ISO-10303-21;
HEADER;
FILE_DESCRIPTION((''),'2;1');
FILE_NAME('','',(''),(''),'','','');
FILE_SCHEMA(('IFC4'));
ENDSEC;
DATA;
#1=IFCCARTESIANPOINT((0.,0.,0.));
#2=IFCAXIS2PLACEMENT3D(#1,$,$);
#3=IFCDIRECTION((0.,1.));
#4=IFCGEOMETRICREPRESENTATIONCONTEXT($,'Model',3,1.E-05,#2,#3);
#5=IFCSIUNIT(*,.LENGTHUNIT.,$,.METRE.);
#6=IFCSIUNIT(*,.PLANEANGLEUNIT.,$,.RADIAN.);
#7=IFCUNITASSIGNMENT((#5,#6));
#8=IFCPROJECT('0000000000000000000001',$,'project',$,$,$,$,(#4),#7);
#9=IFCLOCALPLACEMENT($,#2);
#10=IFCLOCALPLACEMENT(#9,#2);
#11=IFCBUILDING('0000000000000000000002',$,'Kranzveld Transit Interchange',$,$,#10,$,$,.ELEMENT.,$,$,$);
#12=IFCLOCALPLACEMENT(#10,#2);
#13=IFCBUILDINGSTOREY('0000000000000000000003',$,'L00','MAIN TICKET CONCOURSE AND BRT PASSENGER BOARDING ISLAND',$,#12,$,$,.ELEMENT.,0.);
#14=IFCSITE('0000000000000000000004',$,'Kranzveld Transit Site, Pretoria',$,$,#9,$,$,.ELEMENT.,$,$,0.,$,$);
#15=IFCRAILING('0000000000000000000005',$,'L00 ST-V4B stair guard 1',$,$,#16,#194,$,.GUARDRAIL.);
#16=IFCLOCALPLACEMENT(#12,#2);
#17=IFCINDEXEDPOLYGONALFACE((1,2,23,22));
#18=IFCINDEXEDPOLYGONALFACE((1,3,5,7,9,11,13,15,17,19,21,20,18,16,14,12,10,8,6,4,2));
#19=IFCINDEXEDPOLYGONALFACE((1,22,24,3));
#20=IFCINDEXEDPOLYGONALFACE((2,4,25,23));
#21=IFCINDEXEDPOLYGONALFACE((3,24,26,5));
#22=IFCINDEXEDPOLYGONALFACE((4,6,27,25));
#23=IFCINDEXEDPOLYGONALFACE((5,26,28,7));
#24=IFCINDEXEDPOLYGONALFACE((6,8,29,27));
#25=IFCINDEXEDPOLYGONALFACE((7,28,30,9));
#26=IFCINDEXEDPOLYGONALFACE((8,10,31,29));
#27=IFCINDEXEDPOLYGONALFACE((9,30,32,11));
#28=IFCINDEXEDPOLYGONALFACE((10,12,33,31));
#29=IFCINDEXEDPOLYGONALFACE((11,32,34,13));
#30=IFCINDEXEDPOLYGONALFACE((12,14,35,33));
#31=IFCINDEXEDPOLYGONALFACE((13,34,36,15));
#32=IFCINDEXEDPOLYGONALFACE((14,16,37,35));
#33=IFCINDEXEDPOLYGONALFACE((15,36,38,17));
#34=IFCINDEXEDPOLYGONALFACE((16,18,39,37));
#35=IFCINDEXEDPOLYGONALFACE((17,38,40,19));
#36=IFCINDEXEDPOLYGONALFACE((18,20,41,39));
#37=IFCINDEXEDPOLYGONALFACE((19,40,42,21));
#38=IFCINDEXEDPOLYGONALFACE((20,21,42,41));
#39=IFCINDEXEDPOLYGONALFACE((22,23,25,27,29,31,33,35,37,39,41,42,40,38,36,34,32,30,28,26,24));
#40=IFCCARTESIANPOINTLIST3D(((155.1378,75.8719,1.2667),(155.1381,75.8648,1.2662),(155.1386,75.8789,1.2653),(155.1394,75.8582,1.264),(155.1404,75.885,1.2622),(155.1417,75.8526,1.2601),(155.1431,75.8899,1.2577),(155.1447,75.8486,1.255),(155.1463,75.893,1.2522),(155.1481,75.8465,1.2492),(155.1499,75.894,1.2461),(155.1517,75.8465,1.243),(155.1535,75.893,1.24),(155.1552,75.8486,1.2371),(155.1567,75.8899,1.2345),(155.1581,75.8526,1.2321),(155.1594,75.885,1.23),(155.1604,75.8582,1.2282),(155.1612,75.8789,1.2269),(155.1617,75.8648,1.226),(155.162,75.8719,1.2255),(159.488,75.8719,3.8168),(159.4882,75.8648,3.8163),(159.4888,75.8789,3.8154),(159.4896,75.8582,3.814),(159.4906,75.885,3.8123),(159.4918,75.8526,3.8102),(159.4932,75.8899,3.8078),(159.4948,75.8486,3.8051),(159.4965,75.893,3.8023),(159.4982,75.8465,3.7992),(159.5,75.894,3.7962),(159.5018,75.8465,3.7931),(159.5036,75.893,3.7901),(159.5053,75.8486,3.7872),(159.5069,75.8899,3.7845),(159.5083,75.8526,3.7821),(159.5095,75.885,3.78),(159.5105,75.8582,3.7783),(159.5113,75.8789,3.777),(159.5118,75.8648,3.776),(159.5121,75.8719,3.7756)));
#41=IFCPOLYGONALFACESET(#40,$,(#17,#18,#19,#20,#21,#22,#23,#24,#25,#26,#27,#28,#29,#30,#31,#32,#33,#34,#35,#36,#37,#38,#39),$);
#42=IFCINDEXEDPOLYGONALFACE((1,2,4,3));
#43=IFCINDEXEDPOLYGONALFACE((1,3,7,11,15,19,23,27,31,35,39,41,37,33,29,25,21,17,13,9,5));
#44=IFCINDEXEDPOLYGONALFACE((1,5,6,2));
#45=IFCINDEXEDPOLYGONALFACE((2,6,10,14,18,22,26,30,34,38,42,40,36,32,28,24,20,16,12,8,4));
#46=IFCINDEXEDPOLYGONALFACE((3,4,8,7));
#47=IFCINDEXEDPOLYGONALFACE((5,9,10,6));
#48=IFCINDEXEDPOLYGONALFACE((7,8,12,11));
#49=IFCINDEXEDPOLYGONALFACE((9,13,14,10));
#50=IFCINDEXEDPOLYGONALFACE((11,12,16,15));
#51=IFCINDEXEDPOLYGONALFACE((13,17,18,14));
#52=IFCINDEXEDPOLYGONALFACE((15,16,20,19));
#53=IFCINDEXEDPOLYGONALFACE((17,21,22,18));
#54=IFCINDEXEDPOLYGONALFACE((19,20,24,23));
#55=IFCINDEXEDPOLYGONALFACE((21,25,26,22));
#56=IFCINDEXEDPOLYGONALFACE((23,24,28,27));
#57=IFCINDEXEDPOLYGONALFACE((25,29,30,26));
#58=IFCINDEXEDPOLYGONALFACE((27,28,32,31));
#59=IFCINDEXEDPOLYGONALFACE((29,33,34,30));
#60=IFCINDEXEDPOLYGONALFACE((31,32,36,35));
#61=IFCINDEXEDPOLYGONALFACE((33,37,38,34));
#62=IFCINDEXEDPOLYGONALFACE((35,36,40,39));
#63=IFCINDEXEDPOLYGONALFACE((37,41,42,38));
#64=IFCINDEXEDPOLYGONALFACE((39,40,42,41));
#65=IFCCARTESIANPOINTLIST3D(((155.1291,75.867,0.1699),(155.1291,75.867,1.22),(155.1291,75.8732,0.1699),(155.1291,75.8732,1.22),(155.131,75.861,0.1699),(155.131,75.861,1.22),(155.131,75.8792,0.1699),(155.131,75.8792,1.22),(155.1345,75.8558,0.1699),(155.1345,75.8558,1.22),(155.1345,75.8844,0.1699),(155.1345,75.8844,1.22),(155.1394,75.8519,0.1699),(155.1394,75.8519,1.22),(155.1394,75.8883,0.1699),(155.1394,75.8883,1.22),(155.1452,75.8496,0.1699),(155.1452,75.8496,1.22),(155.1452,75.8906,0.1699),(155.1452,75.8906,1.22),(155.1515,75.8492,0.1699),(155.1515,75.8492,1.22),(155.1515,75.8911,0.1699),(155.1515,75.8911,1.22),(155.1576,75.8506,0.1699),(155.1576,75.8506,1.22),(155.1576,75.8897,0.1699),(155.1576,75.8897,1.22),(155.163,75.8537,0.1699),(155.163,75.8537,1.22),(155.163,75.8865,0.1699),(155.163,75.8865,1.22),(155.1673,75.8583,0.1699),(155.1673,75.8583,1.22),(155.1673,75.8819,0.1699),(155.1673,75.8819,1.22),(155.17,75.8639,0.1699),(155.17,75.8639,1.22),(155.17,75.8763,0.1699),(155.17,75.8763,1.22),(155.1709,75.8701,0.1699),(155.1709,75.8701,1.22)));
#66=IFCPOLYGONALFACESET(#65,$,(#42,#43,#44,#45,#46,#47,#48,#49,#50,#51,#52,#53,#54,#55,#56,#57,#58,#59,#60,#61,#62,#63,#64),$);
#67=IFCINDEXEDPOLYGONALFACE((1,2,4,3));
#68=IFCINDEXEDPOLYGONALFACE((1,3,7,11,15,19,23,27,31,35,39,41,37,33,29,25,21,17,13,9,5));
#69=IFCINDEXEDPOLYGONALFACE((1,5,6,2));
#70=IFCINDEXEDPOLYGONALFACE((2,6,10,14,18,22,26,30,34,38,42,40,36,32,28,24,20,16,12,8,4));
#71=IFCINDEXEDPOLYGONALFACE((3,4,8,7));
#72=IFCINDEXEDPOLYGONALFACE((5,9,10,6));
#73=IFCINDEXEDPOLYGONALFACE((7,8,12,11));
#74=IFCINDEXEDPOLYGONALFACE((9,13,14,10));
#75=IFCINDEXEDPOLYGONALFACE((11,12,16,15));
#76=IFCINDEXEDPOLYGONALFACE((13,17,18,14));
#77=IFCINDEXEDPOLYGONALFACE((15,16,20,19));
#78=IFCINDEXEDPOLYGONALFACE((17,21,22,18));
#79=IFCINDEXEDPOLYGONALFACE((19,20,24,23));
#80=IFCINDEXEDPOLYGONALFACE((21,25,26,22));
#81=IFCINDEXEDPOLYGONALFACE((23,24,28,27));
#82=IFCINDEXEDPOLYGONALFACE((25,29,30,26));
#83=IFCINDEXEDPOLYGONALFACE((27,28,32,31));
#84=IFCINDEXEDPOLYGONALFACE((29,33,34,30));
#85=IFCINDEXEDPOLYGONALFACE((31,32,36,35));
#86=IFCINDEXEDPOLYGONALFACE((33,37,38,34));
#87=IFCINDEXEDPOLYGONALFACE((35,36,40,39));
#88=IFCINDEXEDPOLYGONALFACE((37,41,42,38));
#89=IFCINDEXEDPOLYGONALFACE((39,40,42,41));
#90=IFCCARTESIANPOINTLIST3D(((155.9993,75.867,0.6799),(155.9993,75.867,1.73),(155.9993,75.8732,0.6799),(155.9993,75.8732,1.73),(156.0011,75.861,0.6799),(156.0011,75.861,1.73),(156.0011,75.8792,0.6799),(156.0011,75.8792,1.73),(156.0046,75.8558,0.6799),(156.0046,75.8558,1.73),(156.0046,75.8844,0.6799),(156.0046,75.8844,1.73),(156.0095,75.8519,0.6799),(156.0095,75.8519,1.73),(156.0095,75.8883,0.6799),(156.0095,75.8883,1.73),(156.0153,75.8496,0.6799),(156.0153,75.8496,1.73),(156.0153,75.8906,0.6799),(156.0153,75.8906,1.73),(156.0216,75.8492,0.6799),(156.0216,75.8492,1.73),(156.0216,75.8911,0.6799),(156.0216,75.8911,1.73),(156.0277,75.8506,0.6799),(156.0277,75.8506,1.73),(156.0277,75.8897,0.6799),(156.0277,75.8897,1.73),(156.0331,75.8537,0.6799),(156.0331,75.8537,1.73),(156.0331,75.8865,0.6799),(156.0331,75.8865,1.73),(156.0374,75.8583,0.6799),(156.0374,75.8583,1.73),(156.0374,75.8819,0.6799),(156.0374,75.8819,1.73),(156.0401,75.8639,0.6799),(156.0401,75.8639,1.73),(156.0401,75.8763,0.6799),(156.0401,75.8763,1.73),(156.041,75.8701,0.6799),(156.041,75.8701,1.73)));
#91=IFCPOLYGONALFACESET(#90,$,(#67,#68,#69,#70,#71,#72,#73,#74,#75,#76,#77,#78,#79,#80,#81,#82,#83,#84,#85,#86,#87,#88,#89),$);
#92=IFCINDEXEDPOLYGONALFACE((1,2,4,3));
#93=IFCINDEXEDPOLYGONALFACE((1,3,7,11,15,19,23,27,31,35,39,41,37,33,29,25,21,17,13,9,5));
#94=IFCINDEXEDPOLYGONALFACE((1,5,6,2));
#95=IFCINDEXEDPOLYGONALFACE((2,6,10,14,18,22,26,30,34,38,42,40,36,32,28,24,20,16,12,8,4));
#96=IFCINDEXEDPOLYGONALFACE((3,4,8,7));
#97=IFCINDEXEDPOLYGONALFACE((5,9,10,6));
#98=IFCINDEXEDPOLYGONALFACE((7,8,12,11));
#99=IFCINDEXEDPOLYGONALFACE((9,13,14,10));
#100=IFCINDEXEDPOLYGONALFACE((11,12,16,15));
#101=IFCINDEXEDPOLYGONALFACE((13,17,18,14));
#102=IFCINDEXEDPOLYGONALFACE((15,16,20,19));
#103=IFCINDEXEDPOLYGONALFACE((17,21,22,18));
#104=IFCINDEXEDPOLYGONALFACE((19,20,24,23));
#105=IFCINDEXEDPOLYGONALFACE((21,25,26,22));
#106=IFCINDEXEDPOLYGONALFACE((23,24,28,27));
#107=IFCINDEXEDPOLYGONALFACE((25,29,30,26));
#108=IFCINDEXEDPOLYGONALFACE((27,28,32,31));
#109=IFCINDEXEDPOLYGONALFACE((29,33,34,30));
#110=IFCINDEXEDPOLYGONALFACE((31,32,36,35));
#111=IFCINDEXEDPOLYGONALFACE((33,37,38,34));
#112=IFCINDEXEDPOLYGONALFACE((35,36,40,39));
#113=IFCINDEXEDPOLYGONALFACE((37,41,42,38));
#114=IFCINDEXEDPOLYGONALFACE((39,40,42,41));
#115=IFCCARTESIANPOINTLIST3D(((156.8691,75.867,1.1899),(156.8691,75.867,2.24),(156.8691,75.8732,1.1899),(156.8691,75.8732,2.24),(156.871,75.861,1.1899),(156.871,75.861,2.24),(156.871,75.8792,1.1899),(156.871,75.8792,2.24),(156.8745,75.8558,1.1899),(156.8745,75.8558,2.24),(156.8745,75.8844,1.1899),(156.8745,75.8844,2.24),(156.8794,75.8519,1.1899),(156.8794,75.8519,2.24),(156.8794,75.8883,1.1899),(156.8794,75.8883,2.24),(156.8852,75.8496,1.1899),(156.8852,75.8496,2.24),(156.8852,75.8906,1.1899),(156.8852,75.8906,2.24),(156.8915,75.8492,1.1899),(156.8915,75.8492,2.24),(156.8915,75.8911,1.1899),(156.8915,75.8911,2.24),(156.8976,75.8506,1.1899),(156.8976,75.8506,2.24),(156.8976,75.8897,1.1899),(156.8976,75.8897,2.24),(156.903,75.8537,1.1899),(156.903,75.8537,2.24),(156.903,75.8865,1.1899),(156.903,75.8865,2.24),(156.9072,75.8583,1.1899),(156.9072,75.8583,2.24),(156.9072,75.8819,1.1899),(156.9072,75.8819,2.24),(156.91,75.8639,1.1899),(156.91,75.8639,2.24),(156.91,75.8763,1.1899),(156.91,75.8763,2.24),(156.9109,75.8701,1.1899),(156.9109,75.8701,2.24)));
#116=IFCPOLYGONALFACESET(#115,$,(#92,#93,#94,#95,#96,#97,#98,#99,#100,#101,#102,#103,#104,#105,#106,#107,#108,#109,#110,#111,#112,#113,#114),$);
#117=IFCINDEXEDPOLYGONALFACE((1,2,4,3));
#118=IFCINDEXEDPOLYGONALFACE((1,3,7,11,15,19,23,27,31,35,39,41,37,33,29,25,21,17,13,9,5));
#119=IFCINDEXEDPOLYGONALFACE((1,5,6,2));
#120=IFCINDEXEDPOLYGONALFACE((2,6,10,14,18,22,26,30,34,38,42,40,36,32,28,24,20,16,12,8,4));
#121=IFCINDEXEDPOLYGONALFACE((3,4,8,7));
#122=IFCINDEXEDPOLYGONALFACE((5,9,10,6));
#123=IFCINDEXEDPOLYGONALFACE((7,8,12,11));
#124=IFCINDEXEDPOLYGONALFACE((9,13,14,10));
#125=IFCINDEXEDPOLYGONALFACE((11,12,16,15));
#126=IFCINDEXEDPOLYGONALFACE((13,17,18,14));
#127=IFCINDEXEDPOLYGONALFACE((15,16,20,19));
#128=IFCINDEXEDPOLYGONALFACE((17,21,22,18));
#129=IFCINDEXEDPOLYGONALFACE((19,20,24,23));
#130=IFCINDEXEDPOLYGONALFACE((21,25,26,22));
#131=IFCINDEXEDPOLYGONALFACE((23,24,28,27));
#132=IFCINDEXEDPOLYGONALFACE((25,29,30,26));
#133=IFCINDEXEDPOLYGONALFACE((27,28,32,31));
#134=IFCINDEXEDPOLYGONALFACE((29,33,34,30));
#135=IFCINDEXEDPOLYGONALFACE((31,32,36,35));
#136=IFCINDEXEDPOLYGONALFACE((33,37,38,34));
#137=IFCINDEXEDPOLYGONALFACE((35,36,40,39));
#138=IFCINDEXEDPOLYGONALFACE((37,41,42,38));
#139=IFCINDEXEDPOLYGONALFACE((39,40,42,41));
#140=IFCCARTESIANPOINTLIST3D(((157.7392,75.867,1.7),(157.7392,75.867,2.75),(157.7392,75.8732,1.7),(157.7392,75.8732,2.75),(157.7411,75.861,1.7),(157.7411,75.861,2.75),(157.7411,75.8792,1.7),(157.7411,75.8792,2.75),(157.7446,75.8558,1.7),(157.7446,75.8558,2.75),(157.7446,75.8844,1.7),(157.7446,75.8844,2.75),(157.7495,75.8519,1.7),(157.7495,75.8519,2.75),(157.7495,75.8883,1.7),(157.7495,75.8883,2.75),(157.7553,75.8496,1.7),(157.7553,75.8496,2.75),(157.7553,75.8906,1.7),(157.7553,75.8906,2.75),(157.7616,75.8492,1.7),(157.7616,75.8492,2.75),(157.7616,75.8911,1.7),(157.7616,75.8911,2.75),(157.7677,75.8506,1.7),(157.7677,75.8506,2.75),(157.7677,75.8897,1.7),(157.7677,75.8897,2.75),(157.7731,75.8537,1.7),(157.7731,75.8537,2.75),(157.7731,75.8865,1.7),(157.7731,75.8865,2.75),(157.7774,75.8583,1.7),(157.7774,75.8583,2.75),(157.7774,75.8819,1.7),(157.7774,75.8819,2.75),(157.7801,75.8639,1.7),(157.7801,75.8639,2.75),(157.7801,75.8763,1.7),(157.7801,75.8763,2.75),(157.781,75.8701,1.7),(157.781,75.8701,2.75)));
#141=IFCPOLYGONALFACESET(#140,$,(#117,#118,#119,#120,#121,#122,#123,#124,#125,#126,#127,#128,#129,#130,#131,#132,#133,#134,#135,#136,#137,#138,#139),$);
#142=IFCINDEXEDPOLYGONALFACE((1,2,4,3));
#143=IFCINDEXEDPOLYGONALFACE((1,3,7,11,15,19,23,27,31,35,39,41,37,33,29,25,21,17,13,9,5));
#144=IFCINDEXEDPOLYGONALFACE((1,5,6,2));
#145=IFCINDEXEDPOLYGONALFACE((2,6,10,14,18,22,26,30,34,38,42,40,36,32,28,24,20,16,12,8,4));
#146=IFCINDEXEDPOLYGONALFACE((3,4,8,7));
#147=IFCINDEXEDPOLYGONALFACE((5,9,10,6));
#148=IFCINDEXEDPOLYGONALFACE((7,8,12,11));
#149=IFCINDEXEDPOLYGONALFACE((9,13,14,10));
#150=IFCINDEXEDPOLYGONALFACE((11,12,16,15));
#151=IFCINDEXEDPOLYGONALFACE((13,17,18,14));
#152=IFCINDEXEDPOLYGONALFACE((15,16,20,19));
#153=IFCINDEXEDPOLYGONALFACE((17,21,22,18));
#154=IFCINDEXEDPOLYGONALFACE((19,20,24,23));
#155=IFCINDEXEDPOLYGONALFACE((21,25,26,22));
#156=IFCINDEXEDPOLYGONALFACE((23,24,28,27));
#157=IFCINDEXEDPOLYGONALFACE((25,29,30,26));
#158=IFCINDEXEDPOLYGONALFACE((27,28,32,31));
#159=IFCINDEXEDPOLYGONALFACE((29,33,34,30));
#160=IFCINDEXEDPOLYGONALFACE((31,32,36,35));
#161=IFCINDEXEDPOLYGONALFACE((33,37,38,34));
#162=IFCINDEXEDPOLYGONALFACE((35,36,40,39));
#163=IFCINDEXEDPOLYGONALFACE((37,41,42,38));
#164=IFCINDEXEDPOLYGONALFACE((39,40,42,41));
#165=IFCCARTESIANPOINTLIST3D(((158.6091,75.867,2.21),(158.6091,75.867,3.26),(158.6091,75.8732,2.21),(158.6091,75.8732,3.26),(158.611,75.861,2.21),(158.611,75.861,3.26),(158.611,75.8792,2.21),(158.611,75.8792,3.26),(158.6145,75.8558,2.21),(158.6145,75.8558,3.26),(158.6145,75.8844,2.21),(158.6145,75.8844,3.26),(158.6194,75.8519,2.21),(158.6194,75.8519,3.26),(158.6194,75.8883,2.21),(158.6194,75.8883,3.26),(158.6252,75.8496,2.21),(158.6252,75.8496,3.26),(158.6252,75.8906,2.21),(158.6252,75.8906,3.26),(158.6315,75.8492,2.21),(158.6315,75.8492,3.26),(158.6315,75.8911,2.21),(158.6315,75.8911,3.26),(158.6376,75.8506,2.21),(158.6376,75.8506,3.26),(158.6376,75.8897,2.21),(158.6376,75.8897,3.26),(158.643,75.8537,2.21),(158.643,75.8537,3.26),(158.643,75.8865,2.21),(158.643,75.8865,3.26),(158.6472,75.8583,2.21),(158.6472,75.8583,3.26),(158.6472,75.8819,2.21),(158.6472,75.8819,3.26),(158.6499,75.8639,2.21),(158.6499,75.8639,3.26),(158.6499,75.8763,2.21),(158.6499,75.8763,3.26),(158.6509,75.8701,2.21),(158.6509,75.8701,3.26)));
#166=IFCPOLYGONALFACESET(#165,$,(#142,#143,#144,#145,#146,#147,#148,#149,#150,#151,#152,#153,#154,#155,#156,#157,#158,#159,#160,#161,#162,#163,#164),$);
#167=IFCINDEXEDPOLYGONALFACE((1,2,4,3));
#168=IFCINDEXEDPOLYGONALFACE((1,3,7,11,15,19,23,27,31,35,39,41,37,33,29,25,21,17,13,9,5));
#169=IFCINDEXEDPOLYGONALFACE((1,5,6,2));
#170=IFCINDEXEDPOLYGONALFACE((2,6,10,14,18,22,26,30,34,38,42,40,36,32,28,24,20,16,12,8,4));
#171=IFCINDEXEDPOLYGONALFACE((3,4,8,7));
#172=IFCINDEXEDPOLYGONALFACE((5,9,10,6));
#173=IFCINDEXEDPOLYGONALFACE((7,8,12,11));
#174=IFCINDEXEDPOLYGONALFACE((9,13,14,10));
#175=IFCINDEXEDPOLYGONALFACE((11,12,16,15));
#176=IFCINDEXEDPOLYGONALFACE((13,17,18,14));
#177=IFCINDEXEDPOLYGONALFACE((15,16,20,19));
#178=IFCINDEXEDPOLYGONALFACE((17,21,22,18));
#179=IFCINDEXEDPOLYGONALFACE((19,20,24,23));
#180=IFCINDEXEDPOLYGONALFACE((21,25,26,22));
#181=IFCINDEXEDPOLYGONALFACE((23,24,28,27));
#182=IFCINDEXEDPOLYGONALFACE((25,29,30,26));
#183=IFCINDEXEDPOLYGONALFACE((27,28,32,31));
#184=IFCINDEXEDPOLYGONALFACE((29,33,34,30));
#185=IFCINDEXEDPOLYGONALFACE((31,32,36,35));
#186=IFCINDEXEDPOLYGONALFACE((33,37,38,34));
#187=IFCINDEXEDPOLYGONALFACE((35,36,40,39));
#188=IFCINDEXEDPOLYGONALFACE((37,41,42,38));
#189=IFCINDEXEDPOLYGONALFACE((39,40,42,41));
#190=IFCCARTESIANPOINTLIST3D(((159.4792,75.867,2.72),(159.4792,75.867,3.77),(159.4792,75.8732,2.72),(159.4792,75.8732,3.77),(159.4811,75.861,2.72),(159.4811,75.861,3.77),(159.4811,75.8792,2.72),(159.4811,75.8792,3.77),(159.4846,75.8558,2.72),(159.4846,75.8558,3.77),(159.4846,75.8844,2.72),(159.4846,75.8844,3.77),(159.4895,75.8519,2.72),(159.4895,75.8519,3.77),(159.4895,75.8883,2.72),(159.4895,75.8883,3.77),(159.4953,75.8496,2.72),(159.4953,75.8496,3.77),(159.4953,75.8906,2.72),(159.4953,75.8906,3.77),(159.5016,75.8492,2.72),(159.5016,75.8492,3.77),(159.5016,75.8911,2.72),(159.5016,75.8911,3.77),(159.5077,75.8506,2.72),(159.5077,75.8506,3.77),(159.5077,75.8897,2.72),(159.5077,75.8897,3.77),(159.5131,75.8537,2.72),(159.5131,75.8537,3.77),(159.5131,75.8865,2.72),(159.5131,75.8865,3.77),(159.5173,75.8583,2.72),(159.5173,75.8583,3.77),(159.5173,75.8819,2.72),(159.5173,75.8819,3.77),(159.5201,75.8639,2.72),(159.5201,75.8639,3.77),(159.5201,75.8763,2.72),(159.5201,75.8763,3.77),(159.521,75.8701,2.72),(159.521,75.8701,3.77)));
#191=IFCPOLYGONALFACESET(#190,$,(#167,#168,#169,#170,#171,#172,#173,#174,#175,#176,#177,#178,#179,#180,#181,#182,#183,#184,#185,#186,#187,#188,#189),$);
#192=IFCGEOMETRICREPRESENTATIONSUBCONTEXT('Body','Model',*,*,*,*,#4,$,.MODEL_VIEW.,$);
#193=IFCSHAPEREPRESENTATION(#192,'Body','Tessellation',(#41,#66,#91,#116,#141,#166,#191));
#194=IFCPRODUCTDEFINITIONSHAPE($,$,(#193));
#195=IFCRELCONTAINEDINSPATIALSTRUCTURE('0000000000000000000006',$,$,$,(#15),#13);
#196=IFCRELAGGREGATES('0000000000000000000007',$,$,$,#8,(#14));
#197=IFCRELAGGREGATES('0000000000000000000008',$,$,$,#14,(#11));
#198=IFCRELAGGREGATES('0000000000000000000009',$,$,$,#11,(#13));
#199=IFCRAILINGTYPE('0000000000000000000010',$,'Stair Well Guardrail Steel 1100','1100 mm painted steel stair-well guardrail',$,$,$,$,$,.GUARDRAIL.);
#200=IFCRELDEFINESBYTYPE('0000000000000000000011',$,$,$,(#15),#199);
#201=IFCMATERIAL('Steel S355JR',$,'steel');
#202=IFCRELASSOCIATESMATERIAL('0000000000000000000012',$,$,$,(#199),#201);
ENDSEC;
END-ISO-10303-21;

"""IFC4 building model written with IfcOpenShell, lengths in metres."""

from ifc_helpers import new_model, si_unit, direction, frame, origin, origin_2d, place, context, subcontext, project, spatial, circle, extrude, material, type_object, element, save


model = new_model("IFC4")

# Units and contexts
model_context = context("Model", 3, precision=1e-05, world=origin(), true_north=direction((0.0, 1.0)))
body_context = subcontext(model_context, "Body", "Model", "MODEL_VIEW")
ifc_project = project(units=[si_unit("LENGTHUNIT", "METRE"), si_unit("PLANEANGLEUNIT", "RADIAN")], contexts=[model_context])

# Site, building, storey
site_placement = place(None, origin())
site = spatial("IfcSite", under=ifc_project, at=site_placement, Name="Kranzveld Transit Site, Pretoria", CompositionType="ELEMENT", RefElevation=0.0)
building_placement = place(site_placement, origin())
building = spatial("IfcBuilding", under=site, at=building_placement, Name="Kranzveld Transit Interchange", CompositionType="ELEMENT")
storey_placement = place(building_placement, origin())
storey = spatial("IfcBuildingStorey", under=building, at=storey_placement, Name="L00", Description="MAIN TICKET CONCOURSE AND BRT PASSENGER BOARDING ISLAND", CompositionType="ELEMENT", Elevation=0.0)

# Railing
ifc_material_1 = material(Name="Steel S355JR", Category="steel")
railing_type_1 = type_object("IfcRailingType", Name="Stair Well Guardrail Steel 1100", Description="1100 mm painted steel stair-well guardrail", PredefinedType="GUARDRAIL", material=ifc_material_1)
railing_1_placement = place(storey_placement, frame((155.1499, 75.8701, 0.1699)))
element("IfcRailing", 1, at=railing_1_placement, inside=storey, type_object=railing_type_1, Name="L00 ST-V4B stair guard 1", PredefinedType="GUARDRAIL", context=body_context, shape_type="SweptSolid", body=[
    extrude(circle(Radius=0.0239, at=origin_2d()), frame((0.0, 0.0, 1.0762), z_axis=(0.862699, 0.0, 0.505718), x_axis=(0.0, 1.0, 0.0)), (0.0, 0.0, 1.0), 5.0425),
    extrude(circle(Radius=0.021, at=origin_2d()), origin(), (0.0, 0.0, 1.0), 1.05),
    extrude(circle(Radius=0.021, at=origin_2d()), frame((0.8701, 0.0, 0.51)), (0.0, 0.0, 1.0), 1.05),
    extrude(circle(Radius=0.021, at=origin_2d()), frame((1.74, 0.0, 1.02)), (0.0, 0.0, 1.0), 1.05),
    extrude(circle(Radius=0.021, at=origin_2d()), frame((2.6101, 0.0, 1.53)), (0.0, 0.0, 1.0), 1.05),
    extrude(circle(Radius=0.021, at=origin_2d()), frame((3.48, 0.0, 2.04)), (0.0, 0.0, 1.0), 1.05),
    extrude(circle(Radius=0.021, at=origin_2d()), frame((4.3501, 0.0, 2.55)), (0.0, 0.0, 1.0), 1.05),
])

save(model, "model.ifc")
